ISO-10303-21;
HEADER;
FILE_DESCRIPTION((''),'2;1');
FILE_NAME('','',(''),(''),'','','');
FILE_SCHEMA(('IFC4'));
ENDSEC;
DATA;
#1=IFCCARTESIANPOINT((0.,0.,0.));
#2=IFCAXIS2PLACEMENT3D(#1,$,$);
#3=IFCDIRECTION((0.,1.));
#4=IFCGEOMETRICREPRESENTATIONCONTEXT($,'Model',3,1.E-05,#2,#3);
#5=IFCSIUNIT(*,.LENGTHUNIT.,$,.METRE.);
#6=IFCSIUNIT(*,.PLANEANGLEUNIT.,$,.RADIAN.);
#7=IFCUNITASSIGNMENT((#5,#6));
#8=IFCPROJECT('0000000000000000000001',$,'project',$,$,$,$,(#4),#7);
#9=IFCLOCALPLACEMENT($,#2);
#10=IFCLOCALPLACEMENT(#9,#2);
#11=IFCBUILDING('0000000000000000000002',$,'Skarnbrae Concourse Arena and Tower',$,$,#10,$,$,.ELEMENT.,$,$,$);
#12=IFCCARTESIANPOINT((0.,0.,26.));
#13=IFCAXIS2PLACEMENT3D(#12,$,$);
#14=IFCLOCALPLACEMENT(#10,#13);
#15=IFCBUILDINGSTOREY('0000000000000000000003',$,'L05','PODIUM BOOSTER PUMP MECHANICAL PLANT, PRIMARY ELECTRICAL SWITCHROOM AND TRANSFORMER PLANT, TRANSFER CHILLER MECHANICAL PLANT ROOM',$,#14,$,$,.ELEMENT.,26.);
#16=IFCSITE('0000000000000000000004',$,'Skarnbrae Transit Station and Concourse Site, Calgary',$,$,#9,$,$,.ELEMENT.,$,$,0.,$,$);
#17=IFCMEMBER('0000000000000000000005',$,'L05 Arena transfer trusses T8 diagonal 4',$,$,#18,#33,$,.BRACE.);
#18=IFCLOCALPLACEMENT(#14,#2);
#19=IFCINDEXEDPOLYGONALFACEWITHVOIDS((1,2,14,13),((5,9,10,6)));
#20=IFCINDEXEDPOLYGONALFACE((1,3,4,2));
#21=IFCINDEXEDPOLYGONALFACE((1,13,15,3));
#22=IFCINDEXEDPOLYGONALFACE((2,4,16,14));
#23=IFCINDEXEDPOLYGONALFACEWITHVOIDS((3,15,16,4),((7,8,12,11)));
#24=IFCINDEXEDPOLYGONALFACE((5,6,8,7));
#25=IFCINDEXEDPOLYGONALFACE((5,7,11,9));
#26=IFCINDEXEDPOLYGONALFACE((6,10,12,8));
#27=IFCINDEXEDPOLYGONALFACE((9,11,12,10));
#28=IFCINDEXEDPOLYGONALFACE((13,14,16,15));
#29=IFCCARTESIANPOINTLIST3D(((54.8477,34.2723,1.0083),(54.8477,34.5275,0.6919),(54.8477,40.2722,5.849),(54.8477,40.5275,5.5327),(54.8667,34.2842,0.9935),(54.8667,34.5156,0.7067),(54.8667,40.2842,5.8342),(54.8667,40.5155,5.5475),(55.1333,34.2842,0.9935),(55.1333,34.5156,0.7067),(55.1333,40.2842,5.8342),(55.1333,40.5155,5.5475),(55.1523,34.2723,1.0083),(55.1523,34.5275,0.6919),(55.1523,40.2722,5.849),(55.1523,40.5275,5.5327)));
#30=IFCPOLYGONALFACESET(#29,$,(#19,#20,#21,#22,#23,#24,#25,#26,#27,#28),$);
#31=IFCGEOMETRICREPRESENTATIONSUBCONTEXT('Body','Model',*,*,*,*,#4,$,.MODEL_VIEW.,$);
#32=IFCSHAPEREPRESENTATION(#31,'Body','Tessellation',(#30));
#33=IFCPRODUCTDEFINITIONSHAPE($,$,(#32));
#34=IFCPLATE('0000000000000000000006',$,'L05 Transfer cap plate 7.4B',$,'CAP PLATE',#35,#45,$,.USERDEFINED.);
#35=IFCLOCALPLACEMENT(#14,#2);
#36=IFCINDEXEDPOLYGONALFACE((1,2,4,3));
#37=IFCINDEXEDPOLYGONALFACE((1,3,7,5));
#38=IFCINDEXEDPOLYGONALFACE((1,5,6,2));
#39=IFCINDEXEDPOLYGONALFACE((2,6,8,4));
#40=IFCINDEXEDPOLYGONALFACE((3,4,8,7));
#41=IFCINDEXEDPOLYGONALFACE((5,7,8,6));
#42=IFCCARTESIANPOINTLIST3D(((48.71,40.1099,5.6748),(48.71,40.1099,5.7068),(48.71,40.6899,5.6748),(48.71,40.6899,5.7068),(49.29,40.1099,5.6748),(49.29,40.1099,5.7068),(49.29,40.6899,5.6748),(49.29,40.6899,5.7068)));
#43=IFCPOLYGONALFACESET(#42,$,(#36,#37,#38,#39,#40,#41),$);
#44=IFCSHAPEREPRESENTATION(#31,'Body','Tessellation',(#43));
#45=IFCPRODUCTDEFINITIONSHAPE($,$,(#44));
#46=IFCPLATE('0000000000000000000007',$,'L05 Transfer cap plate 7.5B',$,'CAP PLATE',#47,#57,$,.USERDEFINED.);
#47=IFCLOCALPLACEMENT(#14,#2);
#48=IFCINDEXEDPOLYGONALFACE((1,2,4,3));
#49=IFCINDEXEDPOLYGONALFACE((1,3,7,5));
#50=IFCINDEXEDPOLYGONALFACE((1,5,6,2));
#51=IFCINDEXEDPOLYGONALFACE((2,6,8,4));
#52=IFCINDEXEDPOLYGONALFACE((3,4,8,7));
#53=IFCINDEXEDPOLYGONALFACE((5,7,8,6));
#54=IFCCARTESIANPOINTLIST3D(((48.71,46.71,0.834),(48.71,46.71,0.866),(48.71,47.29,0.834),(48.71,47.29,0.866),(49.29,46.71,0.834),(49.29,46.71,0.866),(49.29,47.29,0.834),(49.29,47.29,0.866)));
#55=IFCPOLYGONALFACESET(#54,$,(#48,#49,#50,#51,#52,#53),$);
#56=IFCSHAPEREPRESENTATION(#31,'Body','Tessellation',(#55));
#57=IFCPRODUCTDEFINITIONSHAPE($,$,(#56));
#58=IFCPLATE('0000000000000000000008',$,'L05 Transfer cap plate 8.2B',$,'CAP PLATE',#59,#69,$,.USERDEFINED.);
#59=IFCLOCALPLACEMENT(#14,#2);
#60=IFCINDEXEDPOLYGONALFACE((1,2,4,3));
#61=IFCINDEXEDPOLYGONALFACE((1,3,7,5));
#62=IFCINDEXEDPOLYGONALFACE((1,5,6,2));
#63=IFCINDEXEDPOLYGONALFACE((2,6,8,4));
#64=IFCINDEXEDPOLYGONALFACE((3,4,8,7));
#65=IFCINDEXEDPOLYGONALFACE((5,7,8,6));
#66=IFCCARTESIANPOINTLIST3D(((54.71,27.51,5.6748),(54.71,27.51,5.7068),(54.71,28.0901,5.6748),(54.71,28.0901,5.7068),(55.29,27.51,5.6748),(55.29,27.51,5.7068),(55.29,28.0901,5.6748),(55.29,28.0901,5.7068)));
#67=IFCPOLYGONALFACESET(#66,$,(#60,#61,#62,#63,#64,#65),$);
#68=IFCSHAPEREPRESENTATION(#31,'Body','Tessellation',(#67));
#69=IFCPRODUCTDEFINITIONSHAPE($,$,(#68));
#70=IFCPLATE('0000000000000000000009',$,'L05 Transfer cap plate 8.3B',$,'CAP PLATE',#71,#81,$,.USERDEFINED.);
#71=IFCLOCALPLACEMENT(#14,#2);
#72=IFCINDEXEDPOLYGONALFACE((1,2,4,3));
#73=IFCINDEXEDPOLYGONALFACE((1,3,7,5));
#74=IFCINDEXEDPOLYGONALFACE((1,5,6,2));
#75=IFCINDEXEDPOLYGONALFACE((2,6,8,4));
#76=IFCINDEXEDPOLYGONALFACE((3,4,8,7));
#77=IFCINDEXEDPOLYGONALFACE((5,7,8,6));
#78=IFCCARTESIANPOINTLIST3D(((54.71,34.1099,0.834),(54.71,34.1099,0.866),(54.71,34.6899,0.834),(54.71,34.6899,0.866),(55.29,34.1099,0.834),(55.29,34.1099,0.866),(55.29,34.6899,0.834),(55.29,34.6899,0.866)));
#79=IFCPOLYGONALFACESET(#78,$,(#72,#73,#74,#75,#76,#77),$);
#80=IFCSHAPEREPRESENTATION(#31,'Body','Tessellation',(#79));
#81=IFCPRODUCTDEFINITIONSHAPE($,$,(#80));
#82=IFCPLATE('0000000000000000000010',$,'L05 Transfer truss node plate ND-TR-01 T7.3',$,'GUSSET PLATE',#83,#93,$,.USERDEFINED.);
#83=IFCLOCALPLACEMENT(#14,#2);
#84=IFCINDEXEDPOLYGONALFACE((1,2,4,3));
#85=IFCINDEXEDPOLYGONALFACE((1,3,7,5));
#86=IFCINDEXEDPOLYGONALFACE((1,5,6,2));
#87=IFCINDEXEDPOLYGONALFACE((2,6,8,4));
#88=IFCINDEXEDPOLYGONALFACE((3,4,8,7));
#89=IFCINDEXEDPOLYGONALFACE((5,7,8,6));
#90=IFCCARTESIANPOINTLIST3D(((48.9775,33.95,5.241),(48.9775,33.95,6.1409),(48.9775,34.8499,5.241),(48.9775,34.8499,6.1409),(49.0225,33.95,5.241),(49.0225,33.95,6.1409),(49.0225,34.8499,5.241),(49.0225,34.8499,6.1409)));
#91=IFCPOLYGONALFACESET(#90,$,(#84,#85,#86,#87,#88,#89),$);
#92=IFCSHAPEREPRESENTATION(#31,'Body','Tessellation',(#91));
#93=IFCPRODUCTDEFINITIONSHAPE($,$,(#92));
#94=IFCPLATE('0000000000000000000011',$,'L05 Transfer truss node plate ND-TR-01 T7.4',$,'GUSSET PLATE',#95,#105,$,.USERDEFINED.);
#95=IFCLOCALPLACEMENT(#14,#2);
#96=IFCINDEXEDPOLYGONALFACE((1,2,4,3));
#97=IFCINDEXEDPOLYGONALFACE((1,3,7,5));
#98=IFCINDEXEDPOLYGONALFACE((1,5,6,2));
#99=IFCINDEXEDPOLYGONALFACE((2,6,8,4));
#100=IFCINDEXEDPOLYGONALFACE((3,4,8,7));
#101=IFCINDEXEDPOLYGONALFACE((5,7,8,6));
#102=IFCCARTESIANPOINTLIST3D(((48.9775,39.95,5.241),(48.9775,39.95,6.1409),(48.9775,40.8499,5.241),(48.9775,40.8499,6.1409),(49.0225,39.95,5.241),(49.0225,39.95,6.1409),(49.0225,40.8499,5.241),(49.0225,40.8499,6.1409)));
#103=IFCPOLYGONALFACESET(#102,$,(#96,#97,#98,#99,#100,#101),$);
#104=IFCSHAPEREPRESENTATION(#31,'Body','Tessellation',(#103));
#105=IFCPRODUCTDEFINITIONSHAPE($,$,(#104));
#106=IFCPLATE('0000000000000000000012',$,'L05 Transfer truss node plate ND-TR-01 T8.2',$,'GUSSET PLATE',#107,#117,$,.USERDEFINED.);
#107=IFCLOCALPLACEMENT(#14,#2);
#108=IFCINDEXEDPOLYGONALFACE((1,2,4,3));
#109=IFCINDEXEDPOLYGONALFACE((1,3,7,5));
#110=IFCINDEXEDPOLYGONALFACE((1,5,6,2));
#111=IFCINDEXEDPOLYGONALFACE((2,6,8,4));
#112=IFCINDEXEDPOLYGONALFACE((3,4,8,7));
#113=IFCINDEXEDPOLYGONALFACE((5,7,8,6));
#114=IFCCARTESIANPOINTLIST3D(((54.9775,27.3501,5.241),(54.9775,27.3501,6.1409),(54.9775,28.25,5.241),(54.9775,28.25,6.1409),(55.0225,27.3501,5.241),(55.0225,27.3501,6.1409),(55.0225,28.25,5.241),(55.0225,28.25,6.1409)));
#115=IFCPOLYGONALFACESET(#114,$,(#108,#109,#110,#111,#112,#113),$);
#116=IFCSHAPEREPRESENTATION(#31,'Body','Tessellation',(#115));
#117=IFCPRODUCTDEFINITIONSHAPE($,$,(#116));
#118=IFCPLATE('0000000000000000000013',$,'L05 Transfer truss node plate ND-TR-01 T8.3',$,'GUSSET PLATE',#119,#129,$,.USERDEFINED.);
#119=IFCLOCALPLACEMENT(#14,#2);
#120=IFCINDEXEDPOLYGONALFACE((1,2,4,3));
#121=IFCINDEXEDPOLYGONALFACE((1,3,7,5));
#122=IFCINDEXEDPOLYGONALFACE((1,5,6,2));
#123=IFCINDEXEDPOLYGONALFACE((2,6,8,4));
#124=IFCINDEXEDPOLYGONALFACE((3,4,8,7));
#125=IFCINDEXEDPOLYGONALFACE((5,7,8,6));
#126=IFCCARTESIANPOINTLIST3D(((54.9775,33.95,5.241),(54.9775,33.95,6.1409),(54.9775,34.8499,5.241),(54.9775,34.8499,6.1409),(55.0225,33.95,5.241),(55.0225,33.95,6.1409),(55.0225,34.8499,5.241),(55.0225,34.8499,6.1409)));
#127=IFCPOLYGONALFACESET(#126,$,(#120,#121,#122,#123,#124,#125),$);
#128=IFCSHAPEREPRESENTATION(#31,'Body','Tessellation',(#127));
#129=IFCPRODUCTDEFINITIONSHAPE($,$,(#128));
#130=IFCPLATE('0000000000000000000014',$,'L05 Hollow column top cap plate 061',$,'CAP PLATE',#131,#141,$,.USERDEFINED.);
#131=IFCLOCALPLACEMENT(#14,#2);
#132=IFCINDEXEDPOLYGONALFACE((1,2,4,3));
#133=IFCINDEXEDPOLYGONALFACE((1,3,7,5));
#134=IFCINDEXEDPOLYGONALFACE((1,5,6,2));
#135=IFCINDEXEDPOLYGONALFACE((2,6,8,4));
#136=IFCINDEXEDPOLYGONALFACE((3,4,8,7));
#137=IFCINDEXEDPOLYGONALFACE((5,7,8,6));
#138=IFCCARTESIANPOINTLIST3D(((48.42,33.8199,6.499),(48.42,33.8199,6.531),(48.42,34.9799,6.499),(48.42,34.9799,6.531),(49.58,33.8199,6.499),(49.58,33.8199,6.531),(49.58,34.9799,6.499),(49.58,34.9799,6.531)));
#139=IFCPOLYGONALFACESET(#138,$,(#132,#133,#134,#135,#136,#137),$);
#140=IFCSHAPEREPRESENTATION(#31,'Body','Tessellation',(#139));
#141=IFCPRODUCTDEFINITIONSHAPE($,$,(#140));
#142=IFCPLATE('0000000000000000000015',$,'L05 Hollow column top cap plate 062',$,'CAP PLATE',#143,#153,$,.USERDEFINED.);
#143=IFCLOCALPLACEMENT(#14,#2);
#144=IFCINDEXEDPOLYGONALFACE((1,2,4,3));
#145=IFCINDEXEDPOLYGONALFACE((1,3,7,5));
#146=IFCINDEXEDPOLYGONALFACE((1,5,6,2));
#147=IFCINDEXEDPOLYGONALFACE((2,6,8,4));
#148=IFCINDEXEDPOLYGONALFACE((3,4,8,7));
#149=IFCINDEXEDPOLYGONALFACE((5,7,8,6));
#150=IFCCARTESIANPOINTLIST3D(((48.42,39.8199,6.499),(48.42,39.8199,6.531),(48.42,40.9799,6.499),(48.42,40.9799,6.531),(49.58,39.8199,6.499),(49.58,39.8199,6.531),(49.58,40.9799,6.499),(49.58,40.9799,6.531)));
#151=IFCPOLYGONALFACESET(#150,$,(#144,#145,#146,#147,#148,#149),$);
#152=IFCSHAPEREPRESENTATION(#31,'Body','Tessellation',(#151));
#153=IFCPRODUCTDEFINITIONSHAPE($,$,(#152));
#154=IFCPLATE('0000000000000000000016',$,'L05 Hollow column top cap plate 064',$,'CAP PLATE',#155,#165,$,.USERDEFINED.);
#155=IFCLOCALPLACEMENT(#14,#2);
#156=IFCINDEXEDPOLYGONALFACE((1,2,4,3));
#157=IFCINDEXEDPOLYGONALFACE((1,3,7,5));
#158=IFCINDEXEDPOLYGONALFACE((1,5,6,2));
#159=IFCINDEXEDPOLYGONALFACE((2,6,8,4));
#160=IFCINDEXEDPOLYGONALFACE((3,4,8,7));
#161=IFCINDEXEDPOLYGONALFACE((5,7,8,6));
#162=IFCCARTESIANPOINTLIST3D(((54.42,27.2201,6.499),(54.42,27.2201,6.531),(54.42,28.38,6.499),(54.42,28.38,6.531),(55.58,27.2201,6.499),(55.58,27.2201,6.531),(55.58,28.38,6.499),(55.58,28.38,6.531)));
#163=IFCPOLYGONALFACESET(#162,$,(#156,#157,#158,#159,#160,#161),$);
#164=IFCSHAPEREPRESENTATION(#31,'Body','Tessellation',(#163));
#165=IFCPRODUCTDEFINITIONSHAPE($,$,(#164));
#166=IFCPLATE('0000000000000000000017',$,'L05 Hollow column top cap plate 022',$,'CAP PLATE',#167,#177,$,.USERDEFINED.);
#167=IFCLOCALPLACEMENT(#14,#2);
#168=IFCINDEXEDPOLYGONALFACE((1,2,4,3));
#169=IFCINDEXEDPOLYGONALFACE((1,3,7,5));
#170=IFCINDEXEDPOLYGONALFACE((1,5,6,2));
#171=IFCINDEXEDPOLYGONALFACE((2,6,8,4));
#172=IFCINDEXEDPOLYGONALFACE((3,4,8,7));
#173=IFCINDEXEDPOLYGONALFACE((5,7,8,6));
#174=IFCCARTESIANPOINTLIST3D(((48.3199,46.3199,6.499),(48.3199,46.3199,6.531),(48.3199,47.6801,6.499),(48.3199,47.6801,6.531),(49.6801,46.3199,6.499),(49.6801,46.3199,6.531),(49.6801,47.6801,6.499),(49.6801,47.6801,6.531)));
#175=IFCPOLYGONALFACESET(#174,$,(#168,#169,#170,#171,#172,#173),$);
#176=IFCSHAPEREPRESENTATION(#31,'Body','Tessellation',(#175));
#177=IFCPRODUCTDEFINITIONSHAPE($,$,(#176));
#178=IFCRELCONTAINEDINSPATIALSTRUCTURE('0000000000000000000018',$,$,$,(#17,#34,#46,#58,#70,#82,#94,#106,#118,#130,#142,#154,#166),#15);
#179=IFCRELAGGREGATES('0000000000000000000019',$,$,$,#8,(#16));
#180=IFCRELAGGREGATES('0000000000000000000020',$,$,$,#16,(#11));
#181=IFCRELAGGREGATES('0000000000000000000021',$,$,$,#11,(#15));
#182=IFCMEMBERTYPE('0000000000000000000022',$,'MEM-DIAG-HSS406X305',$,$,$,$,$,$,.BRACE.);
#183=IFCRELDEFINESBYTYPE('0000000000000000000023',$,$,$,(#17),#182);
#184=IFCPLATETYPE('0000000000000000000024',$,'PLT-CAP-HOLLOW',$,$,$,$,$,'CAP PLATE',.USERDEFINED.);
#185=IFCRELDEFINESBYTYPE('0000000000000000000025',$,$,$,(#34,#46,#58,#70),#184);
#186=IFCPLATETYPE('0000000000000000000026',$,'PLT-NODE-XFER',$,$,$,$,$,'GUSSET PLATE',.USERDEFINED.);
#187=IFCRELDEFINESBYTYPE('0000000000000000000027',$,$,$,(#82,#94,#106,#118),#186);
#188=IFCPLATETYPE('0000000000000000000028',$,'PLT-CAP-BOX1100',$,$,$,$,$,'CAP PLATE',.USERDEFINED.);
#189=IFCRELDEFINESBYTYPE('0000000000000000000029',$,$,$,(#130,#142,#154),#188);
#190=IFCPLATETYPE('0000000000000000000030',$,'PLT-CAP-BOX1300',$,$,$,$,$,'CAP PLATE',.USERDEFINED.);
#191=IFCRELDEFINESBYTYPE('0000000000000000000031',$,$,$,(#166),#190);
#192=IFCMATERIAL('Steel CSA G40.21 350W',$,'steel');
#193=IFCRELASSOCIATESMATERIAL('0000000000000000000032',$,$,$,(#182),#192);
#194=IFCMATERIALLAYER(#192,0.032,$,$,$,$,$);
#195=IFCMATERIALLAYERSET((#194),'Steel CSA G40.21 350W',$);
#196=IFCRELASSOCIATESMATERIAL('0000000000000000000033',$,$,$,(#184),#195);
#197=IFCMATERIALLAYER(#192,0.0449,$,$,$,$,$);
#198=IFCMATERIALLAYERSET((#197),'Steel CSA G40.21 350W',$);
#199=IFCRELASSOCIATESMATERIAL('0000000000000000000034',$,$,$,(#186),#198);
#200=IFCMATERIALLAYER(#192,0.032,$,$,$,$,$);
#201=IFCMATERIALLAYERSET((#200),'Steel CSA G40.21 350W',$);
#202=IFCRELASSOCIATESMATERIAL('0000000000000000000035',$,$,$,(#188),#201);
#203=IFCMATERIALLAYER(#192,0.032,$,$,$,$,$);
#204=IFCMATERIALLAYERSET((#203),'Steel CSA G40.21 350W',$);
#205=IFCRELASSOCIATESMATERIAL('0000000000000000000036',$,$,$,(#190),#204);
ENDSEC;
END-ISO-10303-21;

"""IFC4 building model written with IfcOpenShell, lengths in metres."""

from ifc_helpers import new_model, si_unit, direction, frame, origin, origin_2d, place, context, subcontext, project, spatial, rectangle, hollow_rectangle, extrude, source, transform, mapped, material, layer, layer_set, material_profile, profile_set, type_object, element, save


model = new_model("IFC4")

# Units and contexts
model_context = context("Model", 3, precision=1e-05, world=origin(), true_north=direction((0.0, 1.0)))
body_context = subcontext(model_context, "Body", "Model", "MODEL_VIEW")
ifc_project = project(units=[si_unit("LENGTHUNIT", "METRE"), si_unit("PLANEANGLEUNIT", "RADIAN")], contexts=[model_context])

# Site, building, storey
site_placement = place(None, origin())
site = spatial("IfcSite", under=ifc_project, at=site_placement, Name="Skarnbrae Transit Station and Concourse Site, Calgary", CompositionType="ELEMENT", RefElevation=0.0)
building_placement = place(site_placement, origin())
building = spatial("IfcBuilding", under=site, at=building_placement, Name="Skarnbrae Concourse Arena and Tower", CompositionType="ELEMENT")
storey_placement = place(building_placement, frame((0.0, 0.0, 26.0)))
storey = spatial("IfcBuildingStorey", under=building, at=storey_placement, Name="L05", Description="PODIUM BOOSTER PUMP MECHANICAL PLANT, PRIMARY ELECTRICAL SWITCHROOM AND TRANSFORMER PLANT, TRANSFER CHILLER MECHANICAL PLANT ROOM", CompositionType="ELEMENT", Elevation=26.0)

# Shared definitions
ifc_material = material(Name="Steel CSA G40.21 350W", Category="steel")

# Member
ifc_material_profile_1 = material_profile(ifc_material, hollow_rectangle(XDim=0.3047, YDim=0.4065, WallThickness=0.019, at=origin_2d()), Name="HSS406X305X19.0")
ifc_profile_set_1 = profile_set([ifc_material_profile_1], Name="Steel CSA G40.21 350W")
member_type = type_object("IfcMemberType", Name="MEM-DIAG-HSS406X305", PredefinedType="BRACE", material=ifc_profile_set_1)
shared_shape_1 = source(origin(), body_context, "Body", "SweptSolid", [
    extrude(hollow_rectangle(XDim=0.3047, YDim=0.4065, WallThickness=0.019, at=origin_2d()), origin(), (0.0, 0.0, 1.0), 7.7092),
])
for number, where, z_axis, x_axis, name in (
    (1, (55.0, 34.3999, 0.8501), (0.0, 0.778279, 0.627918), (-1.0, 0.0, 0.0), "L05 Arena transfer trusses T8 diagonal 4"),
):
    element("IfcMember", number, at=place(storey_placement, frame(where, z_axis=z_axis, x_axis=x_axis)), inside=storey, type_object=member_type, Name=name, PredefinedType="BRACE", context=body_context, shape_type="MappedRepresentation", body=[
        mapped(shared_shape_1, transform((0.0, 0.0, 0.0))),
    ])

# Plates
ifc_layer_1 = layer(ifc_material, 0.032)
ifc_layer_set_1 = layer_set([ifc_layer_1], Name="Steel CSA G40.21 350W")
plate_type_1 = type_object("IfcPlateType", Name="PLT-CAP-HOLLOW", ElementType="CAP PLATE", PredefinedType="USERDEFINED", material=ifc_layer_set_1)
shared_shape_2 = source(origin(), body_context, "Body", "SweptSolid", [
    extrude(rectangle(XDim=0.5801, YDim=0.5801, at=origin_2d()), origin(), (0.0, 0.0, 1.0), 0.032),
])
for number, where, z_axis, x_axis, name in (
    (2, (49.0, 40.3999, 5.6748), (0.0, 0.0, 1.0), (1.0, 0.0, 0.0), "L05 Transfer cap plate 7.4B"),
    (3, (49.0, 47.0, 0.834), (0.0, 0.0, 1.0), (1.0, 0.0, 0.0), "L05 Transfer cap plate 7.5B"),
    (4, (55.0, 27.8, 5.6748), (0.0, 0.0, 1.0), (1.0, 0.0, 0.0), "L05 Transfer cap plate 8.2B"),
    (5, (55.0, 34.3999, 0.834), (0.0, 0.0, 1.0), (1.0, 0.0, 0.0), "L05 Transfer cap plate 8.3B"),
):
    element("IfcPlate", number, at=place(storey_placement, frame(where, z_axis=z_axis, x_axis=x_axis)), inside=storey, type_object=plate_type_1, Name=name, ObjectType="CAP PLATE", PredefinedType="USERDEFINED", context=body_context, shape_type="MappedRepresentation", body=[
        mapped(shared_shape_2, transform((0.0, 0.0, 0.0))),
    ])
ifc_layer_2 = layer(ifc_material, 0.0449)
ifc_layer_set_2 = layer_set([ifc_layer_2], Name="Steel CSA G40.21 350W")
plate_type_2 = type_object("IfcPlateType", Name="PLT-NODE-XFER", ElementType="GUSSET PLATE", PredefinedType="USERDEFINED", material=ifc_layer_set_2)
shared_shape_3 = source(origin(), body_context, "Body", "SweptSolid", [
    extrude(rectangle(XDim=0.8999, YDim=0.0449, at=origin_2d()), origin(), (0.0, 0.0, 1.0), 0.8999),
])
for number, where, z_axis, x_axis, name in (
    (6, (49.0, 34.3999, 5.241), (0.0, 0.0, 1.0), (0.0, 1.0, 0.0), "L05 Transfer truss node plate ND-TR-01 T7.3"),
    (7, (49.0, 40.3999, 5.241), (0.0, 0.0, 1.0), (0.0, 1.0, 0.0), "L05 Transfer truss node plate ND-TR-01 T7.4"),
    (8, (55.0, 27.8, 5.241), (0.0, 0.0, 1.0), (0.0, 1.0, 0.0), "L05 Transfer truss node plate ND-TR-01 T8.2"),
    (9, (55.0, 34.3999, 5.241), (0.0, 0.0, 1.0), (0.0, 1.0, 0.0), "L05 Transfer truss node plate ND-TR-01 T8.3"),
):
    element("IfcPlate", number, at=place(storey_placement, frame(where, z_axis=z_axis, x_axis=x_axis)), inside=storey, type_object=plate_type_2, Name=name, ObjectType="GUSSET PLATE", PredefinedType="USERDEFINED", context=body_context, shape_type="MappedRepresentation", body=[
        mapped(shared_shape_3, transform((0.0, 0.0, 0.0))),
    ])
ifc_layer_3 = layer(ifc_material, 0.032)
ifc_layer_set_3 = layer_set([ifc_layer_3], Name="Steel CSA G40.21 350W")
plate_type_3 = type_object("IfcPlateType", Name="PLT-CAP-BOX1100", ElementType="CAP PLATE", PredefinedType="USERDEFINED", material=ifc_layer_set_3)
shared_shape_4 = source(origin(), body_context, "Body", "SweptSolid", [
    extrude(rectangle(XDim=1.1599, YDim=1.1599, at=origin_2d()), origin(), (0.0, 0.0, 1.0), 0.032),
])
for number, where, z_axis, x_axis, name in (
    (10, (49.0, 34.3999, 6.499), (0.0, 0.0, 1.0), (1.0, 0.0, 0.0), "L05 Hollow column top cap plate 061"),
    (11, (49.0, 40.3999, 6.499), (0.0, 0.0, 1.0), (1.0, 0.0, 0.0), "L05 Hollow column top cap plate 062"),
    (12, (55.0, 27.8, 6.499), (0.0, 0.0, 1.0), (1.0, 0.0, 0.0), "L05 Hollow column top cap plate 064"),
):
    element("IfcPlate", number, at=place(storey_placement, frame(where, z_axis=z_axis, x_axis=x_axis)), inside=storey, type_object=plate_type_3, Name=name, ObjectType="CAP PLATE", PredefinedType="USERDEFINED", context=body_context, shape_type="MappedRepresentation", body=[
        mapped(shared_shape_4, transform((0.0, 0.0, 0.0))),
    ])
ifc_layer_4 = layer(ifc_material, 0.032)
ifc_layer_set_4 = layer_set([ifc_layer_4], Name="Steel CSA G40.21 350W")
plate_type_4 = type_object("IfcPlateType", Name="PLT-CAP-BOX1300", ElementType="CAP PLATE", PredefinedType="USERDEFINED", material=ifc_layer_set_4)
shared_shape_5 = source(origin(), body_context, "Body", "SweptSolid", [
    extrude(rectangle(XDim=1.3601, YDim=1.3601, at=origin_2d()), origin(), (0.0, 0.0, 1.0), 0.032),
])
plate_placement = place(storey_placement, frame((49.0, 47.0, 6.499), z_axis=(0.0, 0.0, 1.0), x_axis=(1.0, 0.0, 0.0)))
element("IfcPlate", 13, at=plate_placement, inside=storey, type_object=plate_type_4, Name="L05 Hollow column top cap plate 022", ObjectType="CAP PLATE", PredefinedType="USERDEFINED", context=body_context, shape_type="MappedRepresentation", body=[
    mapped(shared_shape_5, transform((0.0, 0.0, 0.0))),
])

save(model, "model.ifc")
